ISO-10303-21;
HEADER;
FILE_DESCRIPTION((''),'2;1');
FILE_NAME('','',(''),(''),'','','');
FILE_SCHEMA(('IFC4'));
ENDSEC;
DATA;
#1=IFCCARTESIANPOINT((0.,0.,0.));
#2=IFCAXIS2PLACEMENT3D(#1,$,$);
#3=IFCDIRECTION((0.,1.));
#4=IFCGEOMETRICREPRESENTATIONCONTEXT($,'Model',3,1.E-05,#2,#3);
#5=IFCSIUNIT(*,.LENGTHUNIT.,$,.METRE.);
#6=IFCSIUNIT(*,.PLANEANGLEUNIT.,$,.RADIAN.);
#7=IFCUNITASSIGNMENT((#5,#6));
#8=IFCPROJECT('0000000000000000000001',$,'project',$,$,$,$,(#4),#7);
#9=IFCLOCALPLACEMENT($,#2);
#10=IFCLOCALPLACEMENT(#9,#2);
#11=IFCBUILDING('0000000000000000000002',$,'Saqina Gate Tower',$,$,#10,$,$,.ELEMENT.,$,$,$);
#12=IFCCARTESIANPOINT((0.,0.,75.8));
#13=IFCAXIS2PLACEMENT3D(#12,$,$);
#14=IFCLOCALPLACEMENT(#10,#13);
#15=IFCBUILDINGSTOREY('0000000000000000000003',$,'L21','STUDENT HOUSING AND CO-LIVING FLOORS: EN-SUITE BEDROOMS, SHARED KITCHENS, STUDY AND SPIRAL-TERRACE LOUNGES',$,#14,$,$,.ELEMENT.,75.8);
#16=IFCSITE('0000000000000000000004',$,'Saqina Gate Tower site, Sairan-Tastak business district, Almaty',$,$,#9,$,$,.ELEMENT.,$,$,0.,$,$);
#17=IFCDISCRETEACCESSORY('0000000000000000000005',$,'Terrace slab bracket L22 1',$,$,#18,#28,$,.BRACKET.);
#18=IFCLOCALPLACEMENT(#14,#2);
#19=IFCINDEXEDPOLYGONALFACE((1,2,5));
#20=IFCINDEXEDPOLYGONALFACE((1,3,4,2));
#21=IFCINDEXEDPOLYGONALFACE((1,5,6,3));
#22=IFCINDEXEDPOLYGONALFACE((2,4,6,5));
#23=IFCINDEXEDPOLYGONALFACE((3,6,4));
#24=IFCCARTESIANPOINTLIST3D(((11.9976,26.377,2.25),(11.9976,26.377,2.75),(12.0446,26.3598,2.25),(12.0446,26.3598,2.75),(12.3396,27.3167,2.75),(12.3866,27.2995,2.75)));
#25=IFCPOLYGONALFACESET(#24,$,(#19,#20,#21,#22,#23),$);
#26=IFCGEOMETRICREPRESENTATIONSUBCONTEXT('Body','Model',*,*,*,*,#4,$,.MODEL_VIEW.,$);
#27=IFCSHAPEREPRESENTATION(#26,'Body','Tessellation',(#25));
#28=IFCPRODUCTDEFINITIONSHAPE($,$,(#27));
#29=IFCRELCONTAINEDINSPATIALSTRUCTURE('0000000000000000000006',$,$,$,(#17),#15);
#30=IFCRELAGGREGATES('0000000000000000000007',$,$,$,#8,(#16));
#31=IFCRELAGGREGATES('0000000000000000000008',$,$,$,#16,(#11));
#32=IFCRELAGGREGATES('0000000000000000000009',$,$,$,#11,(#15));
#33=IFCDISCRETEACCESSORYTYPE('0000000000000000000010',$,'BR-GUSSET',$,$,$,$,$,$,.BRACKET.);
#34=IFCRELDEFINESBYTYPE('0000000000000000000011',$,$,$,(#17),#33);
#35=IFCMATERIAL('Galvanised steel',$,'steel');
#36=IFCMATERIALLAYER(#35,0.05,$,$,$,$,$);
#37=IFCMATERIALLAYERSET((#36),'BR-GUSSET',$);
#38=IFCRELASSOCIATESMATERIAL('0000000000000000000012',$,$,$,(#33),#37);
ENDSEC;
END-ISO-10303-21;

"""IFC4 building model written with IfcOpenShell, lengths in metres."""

from ifc_helpers import new_model, si_unit, direction, frame, origin, place, context, subcontext, project, spatial, polyline, outline, extrude, material, layer, layer_set, type_object, element, save


model = new_model("IFC4")

# Units and contexts
model_context = context("Model", 3, precision=1e-05, world=origin(), true_north=direction((0.0, 1.0)))
body_context = subcontext(model_context, "Body", "Model", "MODEL_VIEW")
ifc_project = project(units=[si_unit("LENGTHUNIT", "METRE"), si_unit("PLANEANGLEUNIT", "RADIAN")], contexts=[model_context])

# Site, building, storey
site_placement = place(None, origin())
site = spatial("IfcSite", under=ifc_project, at=site_placement, Name="Saqina Gate Tower site, Sairan-Tastak business district, Almaty", CompositionType="ELEMENT", RefElevation=0.0)
building_placement = place(site_placement, origin())
building = spatial("IfcBuilding", under=site, at=building_placement, Name="Saqina Gate Tower", CompositionType="ELEMENT")
storey_placement = place(building_placement, frame((0.0, 0.0, 75.8)))
storey = spatial("IfcBuildingStorey", under=building, at=storey_placement, Name="L21", Description="STUDENT HOUSING AND CO-LIVING FLOORS: EN-SUITE BEDROOMS, SHARED KITCHENS, STUDY AND SPIRAL-TERRACE LOUNGES", CompositionType="ELEMENT", Elevation=75.8)

# Discrete accessory
ifc_material_1 = material(Name="Galvanised steel", Category="steel")
ifc_layer_1 = layer(ifc_material_1, 0.05)
ifc_layer_set_1 = layer_set([ifc_layer_1], Name="BR-GUSSET")
discrete_accessory_type = type_object("IfcDiscreteAccessoryType", Name="BR-GUSSET", PredefinedType="BRACKET", material=ifc_layer_set_1)
discrete_accessory_placement = place(storey_placement, frame((11.9976, 26.377, 2.25), z_axis=(-0.939686, 0.342037, 0.0), x_axis=(0.0, 0.0, 1.0)))
element("IfcDiscreteAccessory", 1, at=discrete_accessory_placement, inside=storey, type_object=discrete_accessory_type, Name="Terrace slab bracket L22 1", PredefinedType="BRACKET", context=body_context, shape_type="SweptSolid", body=[
    extrude(outline(polyline([(0.0, 0.0), (0.5, 0.0), (0.5, 1.0), (0.0, 0.0)])), origin(), (0.0, 0.0, -1.0), 0.05),
])

save(model, "model.ifc")
